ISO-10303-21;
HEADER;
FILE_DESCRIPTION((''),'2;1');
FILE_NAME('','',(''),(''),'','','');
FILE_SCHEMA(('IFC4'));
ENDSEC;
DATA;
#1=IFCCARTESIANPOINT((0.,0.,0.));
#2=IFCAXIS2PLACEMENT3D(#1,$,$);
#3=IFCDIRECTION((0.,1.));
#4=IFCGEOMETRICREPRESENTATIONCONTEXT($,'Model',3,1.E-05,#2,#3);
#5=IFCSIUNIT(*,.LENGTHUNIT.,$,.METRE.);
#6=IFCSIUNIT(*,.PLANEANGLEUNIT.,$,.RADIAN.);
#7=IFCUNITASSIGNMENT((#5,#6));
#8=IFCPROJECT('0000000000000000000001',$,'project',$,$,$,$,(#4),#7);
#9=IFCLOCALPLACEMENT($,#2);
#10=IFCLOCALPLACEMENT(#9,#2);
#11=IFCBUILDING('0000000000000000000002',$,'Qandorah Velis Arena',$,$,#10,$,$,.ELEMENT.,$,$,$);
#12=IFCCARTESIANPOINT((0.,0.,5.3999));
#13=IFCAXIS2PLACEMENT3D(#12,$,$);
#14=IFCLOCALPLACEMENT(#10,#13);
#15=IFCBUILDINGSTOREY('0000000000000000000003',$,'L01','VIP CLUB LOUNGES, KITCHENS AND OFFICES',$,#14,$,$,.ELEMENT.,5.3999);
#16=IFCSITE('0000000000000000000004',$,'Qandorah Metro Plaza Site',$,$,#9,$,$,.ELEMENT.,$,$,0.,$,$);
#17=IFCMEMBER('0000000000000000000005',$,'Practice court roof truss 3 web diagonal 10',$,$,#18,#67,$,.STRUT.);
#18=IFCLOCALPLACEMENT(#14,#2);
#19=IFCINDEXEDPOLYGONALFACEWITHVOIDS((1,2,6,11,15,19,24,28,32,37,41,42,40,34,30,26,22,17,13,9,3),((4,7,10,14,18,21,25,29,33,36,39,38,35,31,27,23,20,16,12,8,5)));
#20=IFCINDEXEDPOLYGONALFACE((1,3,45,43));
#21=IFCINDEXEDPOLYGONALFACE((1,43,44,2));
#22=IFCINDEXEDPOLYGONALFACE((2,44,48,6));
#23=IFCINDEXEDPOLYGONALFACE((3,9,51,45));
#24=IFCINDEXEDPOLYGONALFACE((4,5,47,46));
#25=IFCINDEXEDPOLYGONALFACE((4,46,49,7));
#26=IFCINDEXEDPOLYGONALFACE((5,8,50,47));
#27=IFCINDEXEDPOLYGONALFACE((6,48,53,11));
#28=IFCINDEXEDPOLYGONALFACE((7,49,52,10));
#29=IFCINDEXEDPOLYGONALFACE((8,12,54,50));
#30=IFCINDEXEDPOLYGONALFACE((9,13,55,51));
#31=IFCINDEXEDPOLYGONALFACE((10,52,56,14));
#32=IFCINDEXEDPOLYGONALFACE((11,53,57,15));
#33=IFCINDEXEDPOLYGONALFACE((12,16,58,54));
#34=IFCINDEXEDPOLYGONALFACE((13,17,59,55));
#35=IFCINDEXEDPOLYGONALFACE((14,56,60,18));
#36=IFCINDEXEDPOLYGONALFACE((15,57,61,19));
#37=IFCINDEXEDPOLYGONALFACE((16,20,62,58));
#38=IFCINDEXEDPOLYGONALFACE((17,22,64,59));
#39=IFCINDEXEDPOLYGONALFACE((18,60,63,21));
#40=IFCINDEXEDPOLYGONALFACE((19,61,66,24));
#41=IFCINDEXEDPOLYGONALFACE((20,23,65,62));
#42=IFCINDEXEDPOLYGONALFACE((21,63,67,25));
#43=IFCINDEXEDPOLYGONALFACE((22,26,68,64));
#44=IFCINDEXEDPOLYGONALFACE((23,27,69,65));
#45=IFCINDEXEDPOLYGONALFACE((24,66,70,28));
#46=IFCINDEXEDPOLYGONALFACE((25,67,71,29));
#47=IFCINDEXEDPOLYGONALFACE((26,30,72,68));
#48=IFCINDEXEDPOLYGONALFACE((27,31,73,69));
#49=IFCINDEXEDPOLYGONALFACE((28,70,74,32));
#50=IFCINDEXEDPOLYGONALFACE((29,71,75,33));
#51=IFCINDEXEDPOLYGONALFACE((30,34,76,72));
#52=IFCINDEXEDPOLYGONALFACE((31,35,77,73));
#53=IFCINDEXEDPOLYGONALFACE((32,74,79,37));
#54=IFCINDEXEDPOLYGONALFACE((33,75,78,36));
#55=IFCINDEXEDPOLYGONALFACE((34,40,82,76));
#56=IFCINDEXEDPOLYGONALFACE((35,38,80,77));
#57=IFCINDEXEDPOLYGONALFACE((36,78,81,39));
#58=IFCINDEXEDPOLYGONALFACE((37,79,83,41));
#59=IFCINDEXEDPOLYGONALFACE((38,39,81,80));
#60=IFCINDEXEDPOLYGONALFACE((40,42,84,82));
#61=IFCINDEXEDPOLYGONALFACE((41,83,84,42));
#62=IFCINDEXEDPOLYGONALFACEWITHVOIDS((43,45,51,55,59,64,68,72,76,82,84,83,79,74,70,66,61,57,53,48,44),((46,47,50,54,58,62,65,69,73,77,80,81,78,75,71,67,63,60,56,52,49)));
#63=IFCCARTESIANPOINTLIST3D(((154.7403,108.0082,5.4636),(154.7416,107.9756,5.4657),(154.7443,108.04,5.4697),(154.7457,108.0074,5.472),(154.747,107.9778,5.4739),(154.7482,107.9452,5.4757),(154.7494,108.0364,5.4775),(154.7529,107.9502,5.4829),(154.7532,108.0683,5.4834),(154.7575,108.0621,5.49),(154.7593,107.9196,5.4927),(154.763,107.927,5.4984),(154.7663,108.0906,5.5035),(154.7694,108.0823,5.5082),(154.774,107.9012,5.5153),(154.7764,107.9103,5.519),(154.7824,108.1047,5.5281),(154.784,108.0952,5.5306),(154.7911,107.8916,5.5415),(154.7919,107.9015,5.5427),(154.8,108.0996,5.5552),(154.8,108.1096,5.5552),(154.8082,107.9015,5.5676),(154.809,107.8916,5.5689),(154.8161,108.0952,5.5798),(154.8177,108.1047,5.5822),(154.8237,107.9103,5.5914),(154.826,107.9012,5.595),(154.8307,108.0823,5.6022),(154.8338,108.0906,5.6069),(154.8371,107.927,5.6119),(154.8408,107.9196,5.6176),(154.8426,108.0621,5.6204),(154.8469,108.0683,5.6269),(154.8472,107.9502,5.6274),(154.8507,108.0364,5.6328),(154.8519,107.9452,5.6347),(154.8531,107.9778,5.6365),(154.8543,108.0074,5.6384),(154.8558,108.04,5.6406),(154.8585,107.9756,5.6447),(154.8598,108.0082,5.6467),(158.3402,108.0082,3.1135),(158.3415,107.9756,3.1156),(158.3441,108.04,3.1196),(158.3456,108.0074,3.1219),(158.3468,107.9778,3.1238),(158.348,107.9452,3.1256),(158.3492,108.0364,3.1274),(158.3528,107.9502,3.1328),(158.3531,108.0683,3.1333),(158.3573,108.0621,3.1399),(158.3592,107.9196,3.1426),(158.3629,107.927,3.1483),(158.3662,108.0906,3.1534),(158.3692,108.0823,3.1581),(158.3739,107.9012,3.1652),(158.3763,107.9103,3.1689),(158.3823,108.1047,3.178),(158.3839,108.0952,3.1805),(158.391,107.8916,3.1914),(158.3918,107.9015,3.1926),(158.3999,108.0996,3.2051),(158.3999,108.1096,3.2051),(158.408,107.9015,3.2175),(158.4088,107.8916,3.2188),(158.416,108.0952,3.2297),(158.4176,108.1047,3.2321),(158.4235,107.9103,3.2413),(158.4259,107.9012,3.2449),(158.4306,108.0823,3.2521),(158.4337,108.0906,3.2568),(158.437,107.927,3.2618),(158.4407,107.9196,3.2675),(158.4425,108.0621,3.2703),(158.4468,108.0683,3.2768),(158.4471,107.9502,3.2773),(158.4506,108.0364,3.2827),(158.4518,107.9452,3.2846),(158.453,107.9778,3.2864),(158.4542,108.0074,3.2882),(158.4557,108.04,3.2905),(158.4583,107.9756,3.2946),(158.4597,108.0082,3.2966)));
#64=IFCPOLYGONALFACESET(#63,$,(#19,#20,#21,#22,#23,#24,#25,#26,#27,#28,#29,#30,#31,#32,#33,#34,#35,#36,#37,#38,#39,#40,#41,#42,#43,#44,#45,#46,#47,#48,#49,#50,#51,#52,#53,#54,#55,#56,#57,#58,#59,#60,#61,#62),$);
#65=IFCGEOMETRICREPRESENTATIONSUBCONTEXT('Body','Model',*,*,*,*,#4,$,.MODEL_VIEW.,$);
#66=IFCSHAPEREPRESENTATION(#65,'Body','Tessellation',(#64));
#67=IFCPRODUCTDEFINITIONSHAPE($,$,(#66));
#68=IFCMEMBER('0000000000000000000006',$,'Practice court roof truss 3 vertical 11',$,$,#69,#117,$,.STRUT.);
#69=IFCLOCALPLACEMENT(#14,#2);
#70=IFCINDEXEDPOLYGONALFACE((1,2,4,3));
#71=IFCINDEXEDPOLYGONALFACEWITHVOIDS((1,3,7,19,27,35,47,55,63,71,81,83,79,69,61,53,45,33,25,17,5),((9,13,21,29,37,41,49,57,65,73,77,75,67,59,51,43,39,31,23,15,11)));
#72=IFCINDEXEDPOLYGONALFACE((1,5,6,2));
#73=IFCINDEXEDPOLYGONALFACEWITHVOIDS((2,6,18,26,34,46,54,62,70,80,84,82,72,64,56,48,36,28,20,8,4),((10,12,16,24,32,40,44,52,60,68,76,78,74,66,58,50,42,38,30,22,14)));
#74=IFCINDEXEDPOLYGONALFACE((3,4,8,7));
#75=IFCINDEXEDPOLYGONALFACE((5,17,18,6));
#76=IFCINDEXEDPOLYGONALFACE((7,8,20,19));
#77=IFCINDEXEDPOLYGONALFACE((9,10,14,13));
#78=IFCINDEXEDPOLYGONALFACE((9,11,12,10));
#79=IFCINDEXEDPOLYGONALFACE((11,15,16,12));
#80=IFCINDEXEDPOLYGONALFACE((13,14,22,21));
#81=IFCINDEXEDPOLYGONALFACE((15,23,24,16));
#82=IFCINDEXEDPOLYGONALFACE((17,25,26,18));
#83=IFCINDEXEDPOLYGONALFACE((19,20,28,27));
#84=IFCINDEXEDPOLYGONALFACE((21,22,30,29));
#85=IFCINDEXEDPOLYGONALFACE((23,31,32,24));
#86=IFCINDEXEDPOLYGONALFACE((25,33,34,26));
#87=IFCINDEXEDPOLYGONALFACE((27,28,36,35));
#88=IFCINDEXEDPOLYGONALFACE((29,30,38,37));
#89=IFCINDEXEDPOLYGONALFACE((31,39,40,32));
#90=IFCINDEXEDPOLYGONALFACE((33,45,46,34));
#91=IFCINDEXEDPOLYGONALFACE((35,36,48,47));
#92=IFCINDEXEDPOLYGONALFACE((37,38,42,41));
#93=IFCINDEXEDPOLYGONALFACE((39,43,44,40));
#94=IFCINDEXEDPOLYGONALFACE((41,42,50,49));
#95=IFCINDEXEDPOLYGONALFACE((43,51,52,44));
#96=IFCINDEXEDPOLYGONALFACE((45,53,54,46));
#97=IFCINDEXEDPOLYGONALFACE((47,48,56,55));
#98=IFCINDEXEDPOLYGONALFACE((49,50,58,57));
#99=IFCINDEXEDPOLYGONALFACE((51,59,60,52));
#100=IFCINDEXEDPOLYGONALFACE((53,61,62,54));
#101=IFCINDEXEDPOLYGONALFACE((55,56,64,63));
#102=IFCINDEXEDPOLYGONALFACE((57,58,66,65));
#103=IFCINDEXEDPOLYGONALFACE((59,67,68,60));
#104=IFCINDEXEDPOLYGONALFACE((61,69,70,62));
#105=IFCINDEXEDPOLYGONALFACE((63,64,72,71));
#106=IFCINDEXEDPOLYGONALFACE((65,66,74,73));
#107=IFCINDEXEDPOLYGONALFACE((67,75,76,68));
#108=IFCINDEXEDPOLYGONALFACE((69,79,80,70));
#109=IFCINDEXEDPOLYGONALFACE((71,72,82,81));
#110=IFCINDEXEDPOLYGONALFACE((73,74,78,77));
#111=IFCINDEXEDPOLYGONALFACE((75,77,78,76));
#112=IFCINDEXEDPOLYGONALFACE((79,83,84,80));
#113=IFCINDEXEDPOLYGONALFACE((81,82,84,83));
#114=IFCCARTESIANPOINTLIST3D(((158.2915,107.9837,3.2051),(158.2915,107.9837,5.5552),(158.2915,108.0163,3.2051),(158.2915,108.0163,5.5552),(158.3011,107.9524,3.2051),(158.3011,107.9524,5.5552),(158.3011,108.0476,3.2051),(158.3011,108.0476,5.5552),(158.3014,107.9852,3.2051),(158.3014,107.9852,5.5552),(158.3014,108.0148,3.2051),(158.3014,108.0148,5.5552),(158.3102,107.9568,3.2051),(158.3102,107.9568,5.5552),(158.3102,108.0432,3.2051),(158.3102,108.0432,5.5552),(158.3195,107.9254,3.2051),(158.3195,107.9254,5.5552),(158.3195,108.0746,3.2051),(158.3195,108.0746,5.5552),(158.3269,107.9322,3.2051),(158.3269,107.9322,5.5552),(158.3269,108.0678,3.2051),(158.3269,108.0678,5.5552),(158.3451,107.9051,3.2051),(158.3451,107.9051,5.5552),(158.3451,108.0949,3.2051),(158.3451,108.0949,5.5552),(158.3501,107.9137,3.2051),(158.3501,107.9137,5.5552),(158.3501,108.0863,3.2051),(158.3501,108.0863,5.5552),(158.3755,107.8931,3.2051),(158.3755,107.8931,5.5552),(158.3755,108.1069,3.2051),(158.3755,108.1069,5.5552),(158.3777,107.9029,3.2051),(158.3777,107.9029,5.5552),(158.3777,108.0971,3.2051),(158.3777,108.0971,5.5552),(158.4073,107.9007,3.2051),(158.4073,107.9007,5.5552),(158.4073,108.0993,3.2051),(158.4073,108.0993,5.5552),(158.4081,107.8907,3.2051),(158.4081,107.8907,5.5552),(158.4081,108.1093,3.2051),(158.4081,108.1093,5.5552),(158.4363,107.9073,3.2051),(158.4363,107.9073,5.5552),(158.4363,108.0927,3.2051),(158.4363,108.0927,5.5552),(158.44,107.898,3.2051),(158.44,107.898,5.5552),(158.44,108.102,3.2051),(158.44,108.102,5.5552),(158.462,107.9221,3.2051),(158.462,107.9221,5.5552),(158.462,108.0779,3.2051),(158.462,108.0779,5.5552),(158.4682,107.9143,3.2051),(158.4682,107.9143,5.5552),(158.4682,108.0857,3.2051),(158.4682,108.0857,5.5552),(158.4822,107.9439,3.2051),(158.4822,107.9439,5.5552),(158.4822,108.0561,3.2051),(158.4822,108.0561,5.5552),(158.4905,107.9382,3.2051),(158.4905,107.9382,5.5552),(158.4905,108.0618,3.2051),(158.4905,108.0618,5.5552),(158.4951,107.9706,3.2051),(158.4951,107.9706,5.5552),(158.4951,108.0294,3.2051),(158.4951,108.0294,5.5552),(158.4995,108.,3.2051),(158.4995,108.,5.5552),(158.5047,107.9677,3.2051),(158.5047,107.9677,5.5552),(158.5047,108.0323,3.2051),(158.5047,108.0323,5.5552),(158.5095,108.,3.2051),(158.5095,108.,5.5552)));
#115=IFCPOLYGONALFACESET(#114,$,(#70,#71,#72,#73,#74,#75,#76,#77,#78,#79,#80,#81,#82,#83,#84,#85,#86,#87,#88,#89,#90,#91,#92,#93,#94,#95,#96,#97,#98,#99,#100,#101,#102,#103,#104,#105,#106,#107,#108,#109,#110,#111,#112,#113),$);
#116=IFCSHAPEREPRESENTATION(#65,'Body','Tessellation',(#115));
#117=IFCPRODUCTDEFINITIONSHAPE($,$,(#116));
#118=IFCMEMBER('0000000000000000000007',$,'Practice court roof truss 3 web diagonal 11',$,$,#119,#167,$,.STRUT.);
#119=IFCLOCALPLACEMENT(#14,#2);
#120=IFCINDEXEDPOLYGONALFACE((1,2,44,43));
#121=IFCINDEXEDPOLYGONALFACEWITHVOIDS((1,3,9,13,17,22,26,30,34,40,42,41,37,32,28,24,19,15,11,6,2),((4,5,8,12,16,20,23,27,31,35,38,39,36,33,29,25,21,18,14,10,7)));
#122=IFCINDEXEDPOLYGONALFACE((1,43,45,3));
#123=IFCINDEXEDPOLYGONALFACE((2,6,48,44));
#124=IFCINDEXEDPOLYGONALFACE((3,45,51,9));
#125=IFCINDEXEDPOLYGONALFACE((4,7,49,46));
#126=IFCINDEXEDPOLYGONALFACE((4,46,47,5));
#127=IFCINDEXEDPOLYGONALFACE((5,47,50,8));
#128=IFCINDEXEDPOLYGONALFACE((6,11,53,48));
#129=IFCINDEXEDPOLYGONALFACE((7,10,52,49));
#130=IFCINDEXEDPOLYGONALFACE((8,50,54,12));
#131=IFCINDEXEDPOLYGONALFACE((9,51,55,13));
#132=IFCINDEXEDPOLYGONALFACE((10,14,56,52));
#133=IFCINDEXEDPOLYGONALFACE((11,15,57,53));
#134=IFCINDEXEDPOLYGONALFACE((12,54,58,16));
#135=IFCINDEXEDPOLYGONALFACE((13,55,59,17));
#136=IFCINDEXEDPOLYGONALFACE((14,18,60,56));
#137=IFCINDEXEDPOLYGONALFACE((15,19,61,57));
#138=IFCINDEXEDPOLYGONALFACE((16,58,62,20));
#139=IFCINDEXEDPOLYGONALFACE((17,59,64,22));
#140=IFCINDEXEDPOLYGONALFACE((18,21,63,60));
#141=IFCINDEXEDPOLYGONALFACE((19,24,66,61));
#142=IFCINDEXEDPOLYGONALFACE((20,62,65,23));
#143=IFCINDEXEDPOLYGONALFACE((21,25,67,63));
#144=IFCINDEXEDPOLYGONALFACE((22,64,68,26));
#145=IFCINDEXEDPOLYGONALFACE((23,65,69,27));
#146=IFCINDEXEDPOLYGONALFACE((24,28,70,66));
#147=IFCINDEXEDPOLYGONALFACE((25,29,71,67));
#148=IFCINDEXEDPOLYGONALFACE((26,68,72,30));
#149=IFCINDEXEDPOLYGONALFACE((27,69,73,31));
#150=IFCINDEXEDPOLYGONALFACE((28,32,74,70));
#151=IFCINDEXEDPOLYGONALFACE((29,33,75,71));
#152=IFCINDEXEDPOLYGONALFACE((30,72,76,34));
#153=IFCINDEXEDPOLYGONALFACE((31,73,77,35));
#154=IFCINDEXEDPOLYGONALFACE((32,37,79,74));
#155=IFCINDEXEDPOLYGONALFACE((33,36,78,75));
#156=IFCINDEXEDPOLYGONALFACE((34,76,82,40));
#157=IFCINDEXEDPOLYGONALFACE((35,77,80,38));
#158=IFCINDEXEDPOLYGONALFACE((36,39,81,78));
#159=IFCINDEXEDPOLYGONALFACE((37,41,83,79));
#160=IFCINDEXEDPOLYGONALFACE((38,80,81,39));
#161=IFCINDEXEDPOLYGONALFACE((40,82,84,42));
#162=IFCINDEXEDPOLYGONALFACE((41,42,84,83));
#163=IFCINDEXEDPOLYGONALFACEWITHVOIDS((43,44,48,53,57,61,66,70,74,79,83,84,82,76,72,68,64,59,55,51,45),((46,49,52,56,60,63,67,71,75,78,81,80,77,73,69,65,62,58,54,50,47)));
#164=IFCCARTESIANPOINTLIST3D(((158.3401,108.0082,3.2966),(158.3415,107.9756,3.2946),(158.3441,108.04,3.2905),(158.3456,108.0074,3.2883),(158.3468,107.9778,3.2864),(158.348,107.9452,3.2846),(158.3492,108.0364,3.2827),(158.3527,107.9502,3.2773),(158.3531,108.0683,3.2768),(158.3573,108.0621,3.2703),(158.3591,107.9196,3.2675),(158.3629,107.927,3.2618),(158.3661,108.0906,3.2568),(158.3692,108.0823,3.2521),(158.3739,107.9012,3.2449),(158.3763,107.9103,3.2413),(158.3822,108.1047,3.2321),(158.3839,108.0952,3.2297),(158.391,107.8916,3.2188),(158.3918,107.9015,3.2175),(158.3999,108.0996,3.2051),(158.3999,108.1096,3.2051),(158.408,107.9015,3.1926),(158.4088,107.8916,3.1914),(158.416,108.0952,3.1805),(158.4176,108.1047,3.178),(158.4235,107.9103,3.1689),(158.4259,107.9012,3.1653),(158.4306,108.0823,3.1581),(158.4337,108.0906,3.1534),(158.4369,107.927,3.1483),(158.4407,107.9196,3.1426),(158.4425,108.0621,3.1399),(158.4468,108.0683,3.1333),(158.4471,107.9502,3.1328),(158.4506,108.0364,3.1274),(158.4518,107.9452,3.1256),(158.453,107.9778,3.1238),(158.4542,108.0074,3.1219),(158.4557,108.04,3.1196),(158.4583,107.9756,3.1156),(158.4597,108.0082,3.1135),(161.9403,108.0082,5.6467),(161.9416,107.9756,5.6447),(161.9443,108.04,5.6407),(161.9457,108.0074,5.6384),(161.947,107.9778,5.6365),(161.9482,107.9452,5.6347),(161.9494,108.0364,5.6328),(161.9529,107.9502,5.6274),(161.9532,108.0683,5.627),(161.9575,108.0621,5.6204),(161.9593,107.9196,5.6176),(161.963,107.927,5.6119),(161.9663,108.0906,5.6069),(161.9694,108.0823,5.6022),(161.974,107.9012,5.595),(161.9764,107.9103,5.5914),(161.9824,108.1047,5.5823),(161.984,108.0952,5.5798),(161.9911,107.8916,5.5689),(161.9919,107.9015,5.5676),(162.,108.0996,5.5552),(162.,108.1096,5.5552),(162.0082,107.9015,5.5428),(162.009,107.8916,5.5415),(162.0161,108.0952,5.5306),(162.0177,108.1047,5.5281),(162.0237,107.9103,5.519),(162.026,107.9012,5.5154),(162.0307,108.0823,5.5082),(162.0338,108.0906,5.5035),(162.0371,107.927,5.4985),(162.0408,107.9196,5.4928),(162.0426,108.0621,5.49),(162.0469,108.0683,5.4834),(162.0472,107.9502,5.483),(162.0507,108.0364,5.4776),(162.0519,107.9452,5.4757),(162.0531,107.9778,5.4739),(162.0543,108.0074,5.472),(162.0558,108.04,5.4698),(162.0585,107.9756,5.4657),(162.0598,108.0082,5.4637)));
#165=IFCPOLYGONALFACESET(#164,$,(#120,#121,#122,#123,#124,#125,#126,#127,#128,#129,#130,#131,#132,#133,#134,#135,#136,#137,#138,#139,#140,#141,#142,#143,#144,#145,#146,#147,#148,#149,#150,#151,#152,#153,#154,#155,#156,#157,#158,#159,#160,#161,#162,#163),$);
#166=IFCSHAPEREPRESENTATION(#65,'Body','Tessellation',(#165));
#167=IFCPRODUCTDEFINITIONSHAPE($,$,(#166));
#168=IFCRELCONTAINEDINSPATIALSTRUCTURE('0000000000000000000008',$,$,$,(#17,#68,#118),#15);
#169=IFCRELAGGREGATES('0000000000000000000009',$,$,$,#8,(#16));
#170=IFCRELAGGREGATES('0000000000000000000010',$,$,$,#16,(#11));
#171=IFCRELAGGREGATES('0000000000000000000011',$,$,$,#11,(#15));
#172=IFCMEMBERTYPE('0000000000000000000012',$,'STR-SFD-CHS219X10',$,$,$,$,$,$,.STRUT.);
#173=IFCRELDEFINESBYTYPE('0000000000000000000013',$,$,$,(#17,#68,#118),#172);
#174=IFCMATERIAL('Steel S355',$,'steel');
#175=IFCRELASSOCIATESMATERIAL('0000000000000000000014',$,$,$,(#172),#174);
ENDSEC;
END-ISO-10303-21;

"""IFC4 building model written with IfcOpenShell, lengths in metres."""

from ifc_helpers import new_model, si_unit, direction, frame, origin, origin_2d, place, context, subcontext, project, spatial, hollow_circle, extrude, material, material_profile, profile_set, type_object, element, save


model = new_model("IFC4")

# Units and contexts
model_context = context("Model", 3, precision=1e-05, world=origin(), true_north=direction((0.0, 1.0)))
body_context = subcontext(model_context, "Body", "Model", "MODEL_VIEW")
ifc_project = project(units=[si_unit("LENGTHUNIT", "METRE"), si_unit("PLANEANGLEUNIT", "RADIAN")], contexts=[model_context])

# Site, building, storey
site_placement = place(None, origin())
site = spatial("IfcSite", under=ifc_project, at=site_placement, Name="Qandorah Metro Plaza Site", CompositionType="ELEMENT", RefElevation=0.0)
building_placement = place(site_placement, origin())
building = spatial("IfcBuilding", under=site, at=building_placement, Name="Qandorah Velis Arena", CompositionType="ELEMENT")
storey_placement = place(building_placement, frame((0.0, 0.0, 5.3999)))
storey = spatial("IfcBuildingStorey", under=building, at=storey_placement, Name="L01", Description="VIP CLUB LOUNGES, KITCHENS AND OFFICES", CompositionType="ELEMENT", Elevation=5.3999)

# Members
ifc_material_1 = material(Name="Steel S355", Category="steel")
ifc_material_profile_1 = material_profile(ifc_material_1, hollow_circle(Radius=0.1096, WallThickness=0.01, at=origin_2d()), Name="CHS 219.1x10")
ifc_profile_set_1 = profile_set([ifc_material_profile_1], Name="Steel S355")
member_type_1 = type_object("IfcMemberType", Name="STR-SFD-CHS219X10", PredefinedType="STRUT", material=ifc_profile_set_1)
member_1_placement = place(storey_placement, frame((154.8, 108.0, 5.5552), z_axis=(0.837359, 0.0, -0.546654), x_axis=(0.0, 1.0, 0.0)))
element("IfcMember", 1, at=member_1_placement, inside=storey, type_object=member_type_1, Name="Practice court roof truss 3 web diagonal 10", PredefinedType="STRUT", context=body_context, shape_type="SweptSolid", body=[
    extrude(hollow_circle(Radius=0.1096, WallThickness=0.01, at=origin_2d()), origin(), (0.0, 0.0, 1.0), 4.2991),
])
member_2_placement = place(storey_placement, frame((158.3999, 108.0, 3.2051), z_axis=(0.0, 0.0, 1.0), x_axis=(1.0, 0.0, 0.0)))
element("IfcMember", 2, at=member_2_placement, inside=storey, type_object=member_type_1, Name="Practice court roof truss 3 vertical 11", PredefinedType="STRUT", context=body_context, shape_type="SweptSolid", body=[
    extrude(hollow_circle(Radius=0.1096, WallThickness=0.01, at=origin_2d()), origin(), (0.0, 0.0, 1.0), 2.3501),
])
member_3_placement = place(storey_placement, frame((158.3999, 108.0, 3.2051), z_axis=(0.837376, 0.0, 0.546628), x_axis=(0.0, 1.0, 0.0)))
element("IfcMember", 3, at=member_3_placement, inside=storey, type_object=member_type_1, Name="Practice court roof truss 3 web diagonal 11", PredefinedType="STRUT", context=body_context, shape_type="SweptSolid", body=[
    extrude(hollow_circle(Radius=0.1096, WallThickness=0.01, at=origin_2d()), origin(), (0.0, 0.0, 1.0), 4.2993),
])

save(model, "model.ifc")
